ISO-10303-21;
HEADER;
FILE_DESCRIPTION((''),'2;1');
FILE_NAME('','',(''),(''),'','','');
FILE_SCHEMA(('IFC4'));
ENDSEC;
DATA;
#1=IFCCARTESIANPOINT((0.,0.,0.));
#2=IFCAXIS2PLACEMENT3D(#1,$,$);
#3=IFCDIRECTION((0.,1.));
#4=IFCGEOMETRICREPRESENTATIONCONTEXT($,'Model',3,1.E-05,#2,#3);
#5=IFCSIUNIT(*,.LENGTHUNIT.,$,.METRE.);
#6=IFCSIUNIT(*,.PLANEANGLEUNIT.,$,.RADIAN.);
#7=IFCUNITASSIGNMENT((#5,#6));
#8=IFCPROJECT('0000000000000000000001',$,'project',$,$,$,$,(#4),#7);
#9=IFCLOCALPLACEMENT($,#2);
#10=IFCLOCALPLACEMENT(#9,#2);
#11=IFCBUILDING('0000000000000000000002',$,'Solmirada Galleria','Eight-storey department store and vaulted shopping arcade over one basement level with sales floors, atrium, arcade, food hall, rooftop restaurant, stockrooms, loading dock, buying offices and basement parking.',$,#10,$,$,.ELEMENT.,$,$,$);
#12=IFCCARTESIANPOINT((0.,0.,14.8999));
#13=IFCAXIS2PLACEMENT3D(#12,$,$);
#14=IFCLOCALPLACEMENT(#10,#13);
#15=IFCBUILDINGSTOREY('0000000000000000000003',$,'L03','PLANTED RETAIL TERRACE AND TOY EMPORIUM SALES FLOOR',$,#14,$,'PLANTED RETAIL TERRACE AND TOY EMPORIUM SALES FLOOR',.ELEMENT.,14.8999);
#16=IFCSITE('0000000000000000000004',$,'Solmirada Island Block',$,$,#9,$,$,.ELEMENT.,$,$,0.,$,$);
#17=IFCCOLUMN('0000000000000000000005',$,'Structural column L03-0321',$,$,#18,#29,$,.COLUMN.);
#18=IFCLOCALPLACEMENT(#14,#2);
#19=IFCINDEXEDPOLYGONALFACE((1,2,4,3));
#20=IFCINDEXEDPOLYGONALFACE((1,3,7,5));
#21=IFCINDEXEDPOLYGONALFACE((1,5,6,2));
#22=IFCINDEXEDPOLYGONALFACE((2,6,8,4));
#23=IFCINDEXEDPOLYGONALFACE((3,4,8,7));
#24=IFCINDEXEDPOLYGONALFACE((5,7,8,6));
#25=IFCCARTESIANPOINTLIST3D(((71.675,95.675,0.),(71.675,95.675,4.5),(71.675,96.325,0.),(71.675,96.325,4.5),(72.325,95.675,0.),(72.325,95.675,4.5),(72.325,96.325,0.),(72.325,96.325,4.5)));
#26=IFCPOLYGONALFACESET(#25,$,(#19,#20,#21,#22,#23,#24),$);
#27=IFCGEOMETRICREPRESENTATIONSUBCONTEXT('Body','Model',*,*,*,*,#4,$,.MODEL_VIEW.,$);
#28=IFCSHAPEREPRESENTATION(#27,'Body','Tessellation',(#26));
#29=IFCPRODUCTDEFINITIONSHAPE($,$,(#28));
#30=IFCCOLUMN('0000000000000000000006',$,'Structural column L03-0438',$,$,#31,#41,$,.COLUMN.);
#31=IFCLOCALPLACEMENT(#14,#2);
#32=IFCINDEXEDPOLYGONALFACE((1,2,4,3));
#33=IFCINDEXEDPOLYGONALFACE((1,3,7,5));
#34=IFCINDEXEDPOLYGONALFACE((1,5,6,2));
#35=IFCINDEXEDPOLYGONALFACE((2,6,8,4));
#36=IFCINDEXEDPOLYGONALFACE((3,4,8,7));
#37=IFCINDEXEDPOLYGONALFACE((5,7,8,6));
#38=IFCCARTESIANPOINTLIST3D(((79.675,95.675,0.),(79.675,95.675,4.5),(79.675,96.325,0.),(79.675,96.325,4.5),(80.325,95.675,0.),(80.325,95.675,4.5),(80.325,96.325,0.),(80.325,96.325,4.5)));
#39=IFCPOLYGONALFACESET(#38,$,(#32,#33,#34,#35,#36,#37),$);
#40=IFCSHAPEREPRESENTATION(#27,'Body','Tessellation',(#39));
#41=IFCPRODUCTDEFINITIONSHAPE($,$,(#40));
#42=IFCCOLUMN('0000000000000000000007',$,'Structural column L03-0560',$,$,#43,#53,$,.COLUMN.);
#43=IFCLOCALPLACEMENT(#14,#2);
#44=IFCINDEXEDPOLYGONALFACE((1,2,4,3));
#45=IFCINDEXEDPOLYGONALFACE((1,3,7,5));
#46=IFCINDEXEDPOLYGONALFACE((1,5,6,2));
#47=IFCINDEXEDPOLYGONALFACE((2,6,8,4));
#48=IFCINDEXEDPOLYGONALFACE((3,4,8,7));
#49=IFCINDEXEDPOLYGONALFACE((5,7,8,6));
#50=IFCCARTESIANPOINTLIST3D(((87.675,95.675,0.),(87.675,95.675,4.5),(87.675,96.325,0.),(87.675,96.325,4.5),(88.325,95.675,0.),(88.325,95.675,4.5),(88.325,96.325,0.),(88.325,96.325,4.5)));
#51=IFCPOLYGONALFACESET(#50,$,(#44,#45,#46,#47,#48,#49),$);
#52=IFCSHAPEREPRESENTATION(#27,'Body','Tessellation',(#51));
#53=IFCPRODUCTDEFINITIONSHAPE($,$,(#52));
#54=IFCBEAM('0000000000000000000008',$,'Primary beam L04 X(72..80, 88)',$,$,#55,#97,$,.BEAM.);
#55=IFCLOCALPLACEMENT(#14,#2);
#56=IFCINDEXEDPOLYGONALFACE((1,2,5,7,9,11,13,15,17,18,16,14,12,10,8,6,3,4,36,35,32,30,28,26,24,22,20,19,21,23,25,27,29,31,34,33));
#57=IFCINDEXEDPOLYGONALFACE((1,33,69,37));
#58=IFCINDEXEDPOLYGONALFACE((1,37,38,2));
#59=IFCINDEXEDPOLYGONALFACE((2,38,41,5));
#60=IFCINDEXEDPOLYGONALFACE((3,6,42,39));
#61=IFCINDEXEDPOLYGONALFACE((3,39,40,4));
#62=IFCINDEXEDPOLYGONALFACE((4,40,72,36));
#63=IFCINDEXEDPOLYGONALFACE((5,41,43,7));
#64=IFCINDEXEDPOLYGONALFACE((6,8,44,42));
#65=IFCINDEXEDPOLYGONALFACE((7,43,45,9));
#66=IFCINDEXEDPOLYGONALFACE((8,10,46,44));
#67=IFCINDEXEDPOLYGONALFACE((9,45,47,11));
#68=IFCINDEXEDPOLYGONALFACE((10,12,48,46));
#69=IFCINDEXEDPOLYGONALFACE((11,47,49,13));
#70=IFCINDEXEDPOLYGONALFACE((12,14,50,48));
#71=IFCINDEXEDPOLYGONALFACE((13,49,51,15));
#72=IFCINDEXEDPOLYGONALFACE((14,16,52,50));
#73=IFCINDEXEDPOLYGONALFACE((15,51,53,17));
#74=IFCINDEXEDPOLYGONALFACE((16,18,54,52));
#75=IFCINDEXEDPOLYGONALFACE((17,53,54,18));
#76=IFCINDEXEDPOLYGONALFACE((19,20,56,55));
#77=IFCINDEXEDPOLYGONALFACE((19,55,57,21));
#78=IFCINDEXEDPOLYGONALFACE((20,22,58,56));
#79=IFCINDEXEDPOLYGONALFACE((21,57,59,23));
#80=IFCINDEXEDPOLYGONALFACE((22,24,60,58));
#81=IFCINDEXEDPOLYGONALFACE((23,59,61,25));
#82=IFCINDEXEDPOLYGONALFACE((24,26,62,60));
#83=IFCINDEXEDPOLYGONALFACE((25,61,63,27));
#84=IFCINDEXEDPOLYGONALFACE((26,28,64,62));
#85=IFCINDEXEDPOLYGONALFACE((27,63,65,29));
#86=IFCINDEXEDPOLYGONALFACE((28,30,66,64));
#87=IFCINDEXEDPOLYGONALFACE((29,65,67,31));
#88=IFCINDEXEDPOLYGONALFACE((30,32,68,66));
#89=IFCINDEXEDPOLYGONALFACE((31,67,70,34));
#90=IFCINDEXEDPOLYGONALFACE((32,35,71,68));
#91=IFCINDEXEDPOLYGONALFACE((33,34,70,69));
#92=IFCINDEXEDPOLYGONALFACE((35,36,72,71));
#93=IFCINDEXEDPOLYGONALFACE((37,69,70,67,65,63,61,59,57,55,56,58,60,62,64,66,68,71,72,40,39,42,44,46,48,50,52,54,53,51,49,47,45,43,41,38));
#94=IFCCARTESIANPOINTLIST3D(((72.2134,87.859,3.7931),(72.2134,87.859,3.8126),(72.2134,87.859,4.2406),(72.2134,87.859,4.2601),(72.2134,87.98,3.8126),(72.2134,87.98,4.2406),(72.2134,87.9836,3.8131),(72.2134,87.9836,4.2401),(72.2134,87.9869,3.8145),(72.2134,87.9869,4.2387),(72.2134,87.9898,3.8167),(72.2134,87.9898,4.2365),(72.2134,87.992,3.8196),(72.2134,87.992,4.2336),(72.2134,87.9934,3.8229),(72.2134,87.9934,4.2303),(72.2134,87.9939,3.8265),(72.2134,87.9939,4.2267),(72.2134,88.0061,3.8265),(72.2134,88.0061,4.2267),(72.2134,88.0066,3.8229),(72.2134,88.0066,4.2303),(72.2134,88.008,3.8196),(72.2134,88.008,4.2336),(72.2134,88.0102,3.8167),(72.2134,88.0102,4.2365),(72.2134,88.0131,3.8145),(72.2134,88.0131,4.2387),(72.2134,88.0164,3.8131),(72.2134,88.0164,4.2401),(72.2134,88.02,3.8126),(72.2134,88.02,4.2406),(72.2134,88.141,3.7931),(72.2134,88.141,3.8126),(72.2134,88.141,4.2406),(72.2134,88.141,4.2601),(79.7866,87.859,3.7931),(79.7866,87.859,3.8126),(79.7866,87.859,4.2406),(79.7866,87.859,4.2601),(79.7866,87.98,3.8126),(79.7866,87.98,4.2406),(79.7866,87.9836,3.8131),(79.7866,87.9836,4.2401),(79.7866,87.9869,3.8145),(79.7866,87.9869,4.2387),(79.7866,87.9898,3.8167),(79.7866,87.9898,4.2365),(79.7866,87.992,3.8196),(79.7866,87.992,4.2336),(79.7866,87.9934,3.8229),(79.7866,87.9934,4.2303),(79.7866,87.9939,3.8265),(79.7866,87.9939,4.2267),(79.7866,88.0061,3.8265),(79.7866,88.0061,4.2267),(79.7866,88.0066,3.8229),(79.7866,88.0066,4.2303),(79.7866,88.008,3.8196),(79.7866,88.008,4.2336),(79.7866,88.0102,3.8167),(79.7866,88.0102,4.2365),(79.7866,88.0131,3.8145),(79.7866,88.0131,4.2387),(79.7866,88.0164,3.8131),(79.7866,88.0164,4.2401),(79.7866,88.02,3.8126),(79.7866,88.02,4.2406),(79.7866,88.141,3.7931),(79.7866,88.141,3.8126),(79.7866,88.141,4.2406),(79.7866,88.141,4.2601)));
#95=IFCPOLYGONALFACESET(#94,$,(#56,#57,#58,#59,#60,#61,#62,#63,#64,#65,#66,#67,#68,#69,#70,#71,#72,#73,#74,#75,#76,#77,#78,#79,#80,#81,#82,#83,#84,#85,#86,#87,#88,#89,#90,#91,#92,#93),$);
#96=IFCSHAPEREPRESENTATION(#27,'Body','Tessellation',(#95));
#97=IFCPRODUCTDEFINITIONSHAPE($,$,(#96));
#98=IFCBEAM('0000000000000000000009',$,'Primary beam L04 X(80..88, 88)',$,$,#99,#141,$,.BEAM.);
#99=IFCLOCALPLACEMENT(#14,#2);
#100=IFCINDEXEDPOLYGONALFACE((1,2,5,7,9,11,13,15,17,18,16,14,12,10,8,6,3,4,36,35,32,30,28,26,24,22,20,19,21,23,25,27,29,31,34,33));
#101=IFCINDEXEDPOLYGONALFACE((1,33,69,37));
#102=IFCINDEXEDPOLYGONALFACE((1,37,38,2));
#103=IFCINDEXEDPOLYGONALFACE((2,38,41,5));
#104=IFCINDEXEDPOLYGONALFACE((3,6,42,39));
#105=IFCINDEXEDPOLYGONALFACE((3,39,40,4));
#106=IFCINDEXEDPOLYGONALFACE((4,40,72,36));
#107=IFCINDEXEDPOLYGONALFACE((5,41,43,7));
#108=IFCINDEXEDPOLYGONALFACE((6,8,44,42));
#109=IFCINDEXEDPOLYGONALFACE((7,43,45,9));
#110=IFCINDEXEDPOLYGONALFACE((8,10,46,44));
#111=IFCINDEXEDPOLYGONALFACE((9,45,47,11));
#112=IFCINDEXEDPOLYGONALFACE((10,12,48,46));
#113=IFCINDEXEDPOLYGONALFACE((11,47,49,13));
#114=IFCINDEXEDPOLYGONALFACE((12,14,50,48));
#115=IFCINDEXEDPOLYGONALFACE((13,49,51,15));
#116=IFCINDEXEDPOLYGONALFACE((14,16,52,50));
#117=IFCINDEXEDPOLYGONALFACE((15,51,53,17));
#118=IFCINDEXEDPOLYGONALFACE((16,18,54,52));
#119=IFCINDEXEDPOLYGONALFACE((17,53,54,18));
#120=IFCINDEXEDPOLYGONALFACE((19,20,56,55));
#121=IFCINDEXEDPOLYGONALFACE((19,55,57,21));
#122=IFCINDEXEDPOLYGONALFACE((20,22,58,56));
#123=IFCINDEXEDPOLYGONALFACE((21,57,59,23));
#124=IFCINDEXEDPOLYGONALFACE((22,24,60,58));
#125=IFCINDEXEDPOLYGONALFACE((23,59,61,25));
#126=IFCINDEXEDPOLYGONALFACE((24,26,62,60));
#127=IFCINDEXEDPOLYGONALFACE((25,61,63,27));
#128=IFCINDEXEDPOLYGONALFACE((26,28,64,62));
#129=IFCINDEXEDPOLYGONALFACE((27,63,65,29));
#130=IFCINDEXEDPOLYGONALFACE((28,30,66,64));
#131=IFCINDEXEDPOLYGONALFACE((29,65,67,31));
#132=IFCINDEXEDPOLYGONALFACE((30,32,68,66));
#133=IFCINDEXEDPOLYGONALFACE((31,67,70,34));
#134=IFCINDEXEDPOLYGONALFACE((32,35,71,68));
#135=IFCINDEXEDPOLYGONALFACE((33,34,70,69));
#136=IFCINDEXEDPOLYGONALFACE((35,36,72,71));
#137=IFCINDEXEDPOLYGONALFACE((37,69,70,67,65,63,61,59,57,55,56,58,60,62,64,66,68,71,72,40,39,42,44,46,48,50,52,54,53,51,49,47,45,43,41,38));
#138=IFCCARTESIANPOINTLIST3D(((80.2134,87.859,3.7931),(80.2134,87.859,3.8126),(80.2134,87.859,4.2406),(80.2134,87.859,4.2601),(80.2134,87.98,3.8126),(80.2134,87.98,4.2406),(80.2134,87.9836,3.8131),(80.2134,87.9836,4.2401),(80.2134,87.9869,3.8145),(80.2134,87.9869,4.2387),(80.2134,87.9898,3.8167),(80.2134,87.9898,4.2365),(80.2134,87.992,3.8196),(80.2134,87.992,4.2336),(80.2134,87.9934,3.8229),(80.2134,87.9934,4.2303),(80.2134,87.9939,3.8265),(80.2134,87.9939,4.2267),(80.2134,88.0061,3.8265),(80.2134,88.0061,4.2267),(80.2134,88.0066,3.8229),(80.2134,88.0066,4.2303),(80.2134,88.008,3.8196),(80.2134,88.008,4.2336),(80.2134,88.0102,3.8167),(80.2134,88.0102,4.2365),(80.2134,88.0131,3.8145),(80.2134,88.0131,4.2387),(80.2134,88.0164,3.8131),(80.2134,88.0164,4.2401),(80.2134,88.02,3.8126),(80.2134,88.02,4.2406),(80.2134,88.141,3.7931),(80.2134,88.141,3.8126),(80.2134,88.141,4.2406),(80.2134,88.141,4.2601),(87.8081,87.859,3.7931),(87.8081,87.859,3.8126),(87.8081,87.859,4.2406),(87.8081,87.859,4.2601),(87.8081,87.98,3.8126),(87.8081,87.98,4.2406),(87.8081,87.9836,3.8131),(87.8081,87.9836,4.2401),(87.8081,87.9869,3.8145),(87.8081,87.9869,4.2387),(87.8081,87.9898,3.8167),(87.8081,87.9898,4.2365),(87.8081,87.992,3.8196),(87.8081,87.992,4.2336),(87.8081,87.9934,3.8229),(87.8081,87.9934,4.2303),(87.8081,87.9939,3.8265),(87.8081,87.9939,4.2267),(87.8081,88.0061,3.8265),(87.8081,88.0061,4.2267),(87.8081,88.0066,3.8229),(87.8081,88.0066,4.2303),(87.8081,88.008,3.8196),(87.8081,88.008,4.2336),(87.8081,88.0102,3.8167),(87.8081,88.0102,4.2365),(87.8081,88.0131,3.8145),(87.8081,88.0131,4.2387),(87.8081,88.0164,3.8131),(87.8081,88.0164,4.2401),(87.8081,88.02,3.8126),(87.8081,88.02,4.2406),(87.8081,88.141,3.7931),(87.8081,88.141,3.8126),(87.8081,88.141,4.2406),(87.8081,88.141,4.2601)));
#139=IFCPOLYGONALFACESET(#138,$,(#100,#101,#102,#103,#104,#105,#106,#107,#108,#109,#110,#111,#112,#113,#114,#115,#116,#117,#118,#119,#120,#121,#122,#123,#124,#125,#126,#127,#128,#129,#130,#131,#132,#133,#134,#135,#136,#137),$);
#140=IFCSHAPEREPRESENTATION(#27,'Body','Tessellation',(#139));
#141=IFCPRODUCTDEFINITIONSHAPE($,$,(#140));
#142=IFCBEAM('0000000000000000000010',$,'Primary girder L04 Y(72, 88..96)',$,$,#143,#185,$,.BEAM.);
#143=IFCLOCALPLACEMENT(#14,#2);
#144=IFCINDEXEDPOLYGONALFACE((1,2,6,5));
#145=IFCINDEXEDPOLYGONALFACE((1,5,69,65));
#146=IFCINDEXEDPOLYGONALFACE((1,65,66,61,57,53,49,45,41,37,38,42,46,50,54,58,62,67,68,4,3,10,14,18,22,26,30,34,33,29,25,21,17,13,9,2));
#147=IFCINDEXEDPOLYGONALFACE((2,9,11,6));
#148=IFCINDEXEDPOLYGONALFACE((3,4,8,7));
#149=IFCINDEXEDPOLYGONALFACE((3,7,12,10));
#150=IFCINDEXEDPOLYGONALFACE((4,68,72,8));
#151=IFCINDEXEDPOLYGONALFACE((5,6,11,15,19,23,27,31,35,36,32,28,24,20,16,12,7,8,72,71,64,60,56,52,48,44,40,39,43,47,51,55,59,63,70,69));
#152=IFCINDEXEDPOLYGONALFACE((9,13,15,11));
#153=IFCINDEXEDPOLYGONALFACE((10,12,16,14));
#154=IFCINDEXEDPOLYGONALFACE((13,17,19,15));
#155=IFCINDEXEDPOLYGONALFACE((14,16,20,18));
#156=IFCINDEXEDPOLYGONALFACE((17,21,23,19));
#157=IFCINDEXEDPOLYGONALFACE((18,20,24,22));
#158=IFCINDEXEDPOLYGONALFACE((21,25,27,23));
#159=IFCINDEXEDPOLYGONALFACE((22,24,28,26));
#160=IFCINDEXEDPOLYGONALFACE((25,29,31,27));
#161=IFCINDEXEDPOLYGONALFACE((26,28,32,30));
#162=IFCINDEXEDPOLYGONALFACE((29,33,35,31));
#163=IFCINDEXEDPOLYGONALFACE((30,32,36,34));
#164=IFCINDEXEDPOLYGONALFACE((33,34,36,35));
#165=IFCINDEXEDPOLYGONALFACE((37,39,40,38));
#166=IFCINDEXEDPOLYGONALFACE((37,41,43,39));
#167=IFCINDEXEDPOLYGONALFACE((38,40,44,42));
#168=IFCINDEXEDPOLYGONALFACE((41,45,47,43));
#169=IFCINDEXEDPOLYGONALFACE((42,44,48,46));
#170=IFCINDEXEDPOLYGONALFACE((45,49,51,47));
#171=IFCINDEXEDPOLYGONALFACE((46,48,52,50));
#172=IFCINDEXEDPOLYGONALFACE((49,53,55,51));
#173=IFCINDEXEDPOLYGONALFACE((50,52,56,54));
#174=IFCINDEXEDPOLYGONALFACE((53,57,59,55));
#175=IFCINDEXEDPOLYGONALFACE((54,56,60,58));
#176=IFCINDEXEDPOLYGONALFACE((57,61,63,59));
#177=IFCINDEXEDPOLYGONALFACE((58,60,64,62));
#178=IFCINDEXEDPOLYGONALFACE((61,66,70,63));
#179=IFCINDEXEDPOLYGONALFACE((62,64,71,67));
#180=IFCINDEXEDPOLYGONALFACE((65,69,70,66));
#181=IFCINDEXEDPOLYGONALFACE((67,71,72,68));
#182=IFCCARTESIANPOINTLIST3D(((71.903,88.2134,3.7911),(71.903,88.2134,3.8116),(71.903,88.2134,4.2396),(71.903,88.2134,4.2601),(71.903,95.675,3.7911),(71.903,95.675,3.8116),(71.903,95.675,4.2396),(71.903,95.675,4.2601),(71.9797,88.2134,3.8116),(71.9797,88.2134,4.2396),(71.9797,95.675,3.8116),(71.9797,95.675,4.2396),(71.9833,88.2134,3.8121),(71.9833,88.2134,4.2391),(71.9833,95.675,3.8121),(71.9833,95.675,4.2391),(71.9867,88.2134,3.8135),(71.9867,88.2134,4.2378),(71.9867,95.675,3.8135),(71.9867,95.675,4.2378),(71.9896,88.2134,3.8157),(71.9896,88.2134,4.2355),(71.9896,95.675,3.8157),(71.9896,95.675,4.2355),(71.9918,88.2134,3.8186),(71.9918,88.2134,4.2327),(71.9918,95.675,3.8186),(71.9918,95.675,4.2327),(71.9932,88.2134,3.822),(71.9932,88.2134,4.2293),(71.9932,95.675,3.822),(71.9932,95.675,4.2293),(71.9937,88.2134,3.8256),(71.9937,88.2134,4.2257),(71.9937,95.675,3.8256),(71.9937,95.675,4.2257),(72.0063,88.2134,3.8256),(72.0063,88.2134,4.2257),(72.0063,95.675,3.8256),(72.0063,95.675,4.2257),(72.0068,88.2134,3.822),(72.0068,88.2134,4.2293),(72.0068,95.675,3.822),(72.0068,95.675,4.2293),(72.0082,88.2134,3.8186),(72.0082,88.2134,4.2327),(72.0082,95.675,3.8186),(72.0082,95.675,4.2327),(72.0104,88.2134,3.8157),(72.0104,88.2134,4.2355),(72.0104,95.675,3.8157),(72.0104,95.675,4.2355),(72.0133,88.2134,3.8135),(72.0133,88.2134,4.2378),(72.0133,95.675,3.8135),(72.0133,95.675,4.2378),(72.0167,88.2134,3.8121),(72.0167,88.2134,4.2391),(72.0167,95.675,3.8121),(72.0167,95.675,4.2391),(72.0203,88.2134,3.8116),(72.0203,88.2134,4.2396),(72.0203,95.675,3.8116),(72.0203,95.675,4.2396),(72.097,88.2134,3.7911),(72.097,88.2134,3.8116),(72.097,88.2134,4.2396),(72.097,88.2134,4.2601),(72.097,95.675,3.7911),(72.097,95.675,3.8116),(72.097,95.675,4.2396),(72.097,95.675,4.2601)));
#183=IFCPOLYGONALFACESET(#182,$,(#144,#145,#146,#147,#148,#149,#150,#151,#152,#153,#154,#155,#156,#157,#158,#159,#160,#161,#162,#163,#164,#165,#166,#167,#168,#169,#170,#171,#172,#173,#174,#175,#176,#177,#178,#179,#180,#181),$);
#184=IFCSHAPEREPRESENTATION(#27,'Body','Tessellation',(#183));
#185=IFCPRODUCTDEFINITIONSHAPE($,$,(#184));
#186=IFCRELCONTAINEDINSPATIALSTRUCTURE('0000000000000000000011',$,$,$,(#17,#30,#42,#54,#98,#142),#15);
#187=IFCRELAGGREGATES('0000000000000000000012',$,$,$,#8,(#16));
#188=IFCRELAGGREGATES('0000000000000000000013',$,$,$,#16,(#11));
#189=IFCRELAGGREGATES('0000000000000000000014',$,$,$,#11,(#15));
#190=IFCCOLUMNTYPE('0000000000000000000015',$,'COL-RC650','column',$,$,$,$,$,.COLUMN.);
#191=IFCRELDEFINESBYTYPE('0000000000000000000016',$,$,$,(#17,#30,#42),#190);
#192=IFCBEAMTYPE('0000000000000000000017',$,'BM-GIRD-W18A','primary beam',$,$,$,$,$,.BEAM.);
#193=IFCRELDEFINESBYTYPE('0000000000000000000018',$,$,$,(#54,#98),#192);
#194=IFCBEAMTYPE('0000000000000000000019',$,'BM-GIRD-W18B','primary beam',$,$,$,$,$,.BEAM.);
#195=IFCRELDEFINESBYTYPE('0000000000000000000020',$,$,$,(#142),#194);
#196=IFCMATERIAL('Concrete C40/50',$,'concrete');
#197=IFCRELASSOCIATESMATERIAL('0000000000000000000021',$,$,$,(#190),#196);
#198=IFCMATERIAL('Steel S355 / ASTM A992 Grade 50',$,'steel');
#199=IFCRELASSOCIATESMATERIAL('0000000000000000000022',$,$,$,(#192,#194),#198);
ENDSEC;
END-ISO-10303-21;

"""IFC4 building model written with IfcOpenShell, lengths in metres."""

from ifc_helpers import new_model, si_unit, direction, frame, origin, origin_2d, place, context, subcontext, project, spatial, rectangle, i_section, extrude, material, material_profile, profile_set, type_object, element, save


model = new_model("IFC4")

# Units and contexts
model_context = context("Model", 3, precision=1e-05, world=origin(), true_north=direction((0.0, 1.0)))
body_context = subcontext(model_context, "Body", "Model", "MODEL_VIEW")
ifc_project = project(units=[si_unit("LENGTHUNIT", "METRE"), si_unit("PLANEANGLEUNIT", "RADIAN")], contexts=[model_context])

# Site, building, storey
site_placement = place(None, origin())
site = spatial("IfcSite", under=ifc_project, at=site_placement, Name="Solmirada Island Block", CompositionType="ELEMENT", RefElevation=0.0)
building_placement = place(site_placement, origin())
building = spatial("IfcBuilding", under=site, at=building_placement, Name="Solmirada Galleria", Description="Eight-storey department store and vaulted shopping arcade over one basement level with sales floors, atrium, arcade, food hall, rooftop restaurant, stockrooms, loading dock, buying offices and basement parking.", CompositionType="ELEMENT")
storey_placement = place(building_placement, frame((0.0, 0.0, 14.8999)))
storey = spatial("IfcBuildingStorey", under=building, at=storey_placement, Name="L03", Description="PLANTED RETAIL TERRACE AND TOY EMPORIUM SALES FLOOR", LongName="PLANTED RETAIL TERRACE AND TOY EMPORIUM SALES FLOOR", CompositionType="ELEMENT", Elevation=14.8999)

# Columns
ifc_material_1 = material(Name="Concrete C40/50", Category="concrete")
ifc_material_profile_1 = material_profile(ifc_material_1, rectangle(XDim=0.6499, YDim=0.6499, at=origin_2d()), Name="RC650X650")
ifc_profile_set_1 = profile_set([ifc_material_profile_1], Name="Concrete C40/50")
column_type_1 = type_object("IfcColumnType", Name="COL-RC650", Description="column", PredefinedType="COLUMN", material=ifc_profile_set_1)
for number, where, z_axis, x_axis, name in (
    (1, (72.0, 96.0, 0.0), (0.0, 0.0, 1.0), (1.0, 0.0, 0.0), "Structural column L03-0321"),
    (2, (80.0, 96.0, 0.0), (0.0, 0.0, 1.0), (1.0, 0.0, 0.0), "Structural column L03-0438"),
    (3, (88.0, 96.0, 0.0), (0.0, 0.0, 1.0), (1.0, 0.0, 0.0), "Structural column L03-0560"),
):
    element("IfcColumn", number, at=place(storey_placement, frame(where, z_axis=z_axis, x_axis=x_axis)), inside=storey, type_object=column_type_1, Name=name, PredefinedType="COLUMN", context=body_context, shape_type="SweptSolid", body=[
        extrude(rectangle(XDim=0.6499, YDim=0.6499, at=origin_2d()), origin(), (0.0, 0.0, 1.0), 4.5),
    ])

# Beams
ifc_material_2 = material(Name="Steel S355 / ASTM A992 Grade 50", Category="steel")
ifc_material_profile_2 = material_profile(ifc_material_2, i_section(OverallWidth=0.282, OverallDepth=0.467, WebThickness=0.0122, FlangeThickness=0.0195, FilletRadius=0.0139, at=origin_2d()), Name="W18X86")
ifc_profile_set_2 = profile_set([ifc_material_profile_2], Name="Steel S355 / ASTM A992 Grade 50")
beam_type_1 = type_object("IfcBeamType", Name="BM-GIRD-W18A", Description="primary beam", PredefinedType="BEAM", material=ifc_profile_set_2)
beam_1_placement = place(storey_placement, frame((72.2134, 88.0, 4.0266), z_axis=(1.0, 0.0, 0.0), x_axis=(0.0, 1.0, 0.0)))
element("IfcBeam", 4, at=beam_1_placement, inside=storey, type_object=beam_type_1, Name="Primary beam L04 X(72..80, 88)", PredefinedType="BEAM", context=body_context, shape_type="SweptSolid", body=[
    extrude(i_section(OverallWidth=0.282, OverallDepth=0.467, WebThickness=0.0122, FlangeThickness=0.0195, FilletRadius=0.0139, at=origin_2d()), origin(), (0.0, 0.0, 1.0), 7.5732),
])
beam_2_placement = place(storey_placement, frame((80.2134, 88.0, 4.0266), z_axis=(1.0, 0.0, 0.0), x_axis=(0.0, 1.0, 0.0)))
element("IfcBeam", 5, at=beam_2_placement, inside=storey, type_object=beam_type_1, Name="Primary beam L04 X(80..88, 88)", PredefinedType="BEAM", context=body_context, shape_type="SweptSolid", body=[
    extrude(i_section(OverallWidth=0.282, OverallDepth=0.467, WebThickness=0.0122, FlangeThickness=0.0195, FilletRadius=0.0139, at=origin_2d()), origin(), (0.0, 0.0, 1.0), 7.5947),
])
ifc_material_profile_3 = material_profile(ifc_material_2, i_section(OverallWidth=0.1941, OverallDepth=0.469, WebThickness=0.0127, FlangeThickness=0.0205, FilletRadius=0.0139, at=origin_2d()), Name="W18X71")
ifc_profile_set_3 = profile_set([ifc_material_profile_3], Name="Steel S355 / ASTM A992 Grade 50")
beam_type_2 = type_object("IfcBeamType", Name="BM-GIRD-W18B", Description="primary beam", PredefinedType="BEAM", material=ifc_profile_set_3)
beam_3_placement = place(storey_placement, frame((72.0, 88.2134, 4.0256), z_axis=(0.0, 1.0, 0.0), x_axis=(-1.0, 0.0, 0.0)))
element("IfcBeam", 6, at=beam_3_placement, inside=storey, type_object=beam_type_2, Name="Primary girder L04 Y(72, 88..96)", PredefinedType="BEAM", context=body_context, shape_type="SweptSolid", body=[
    extrude(i_section(OverallWidth=0.1941, OverallDepth=0.469, WebThickness=0.0127, FlangeThickness=0.0205, FilletRadius=0.0139, at=origin_2d()), origin(), (0.0, 0.0, 1.0), 7.4617),
])

save(model, "model.ifc")
